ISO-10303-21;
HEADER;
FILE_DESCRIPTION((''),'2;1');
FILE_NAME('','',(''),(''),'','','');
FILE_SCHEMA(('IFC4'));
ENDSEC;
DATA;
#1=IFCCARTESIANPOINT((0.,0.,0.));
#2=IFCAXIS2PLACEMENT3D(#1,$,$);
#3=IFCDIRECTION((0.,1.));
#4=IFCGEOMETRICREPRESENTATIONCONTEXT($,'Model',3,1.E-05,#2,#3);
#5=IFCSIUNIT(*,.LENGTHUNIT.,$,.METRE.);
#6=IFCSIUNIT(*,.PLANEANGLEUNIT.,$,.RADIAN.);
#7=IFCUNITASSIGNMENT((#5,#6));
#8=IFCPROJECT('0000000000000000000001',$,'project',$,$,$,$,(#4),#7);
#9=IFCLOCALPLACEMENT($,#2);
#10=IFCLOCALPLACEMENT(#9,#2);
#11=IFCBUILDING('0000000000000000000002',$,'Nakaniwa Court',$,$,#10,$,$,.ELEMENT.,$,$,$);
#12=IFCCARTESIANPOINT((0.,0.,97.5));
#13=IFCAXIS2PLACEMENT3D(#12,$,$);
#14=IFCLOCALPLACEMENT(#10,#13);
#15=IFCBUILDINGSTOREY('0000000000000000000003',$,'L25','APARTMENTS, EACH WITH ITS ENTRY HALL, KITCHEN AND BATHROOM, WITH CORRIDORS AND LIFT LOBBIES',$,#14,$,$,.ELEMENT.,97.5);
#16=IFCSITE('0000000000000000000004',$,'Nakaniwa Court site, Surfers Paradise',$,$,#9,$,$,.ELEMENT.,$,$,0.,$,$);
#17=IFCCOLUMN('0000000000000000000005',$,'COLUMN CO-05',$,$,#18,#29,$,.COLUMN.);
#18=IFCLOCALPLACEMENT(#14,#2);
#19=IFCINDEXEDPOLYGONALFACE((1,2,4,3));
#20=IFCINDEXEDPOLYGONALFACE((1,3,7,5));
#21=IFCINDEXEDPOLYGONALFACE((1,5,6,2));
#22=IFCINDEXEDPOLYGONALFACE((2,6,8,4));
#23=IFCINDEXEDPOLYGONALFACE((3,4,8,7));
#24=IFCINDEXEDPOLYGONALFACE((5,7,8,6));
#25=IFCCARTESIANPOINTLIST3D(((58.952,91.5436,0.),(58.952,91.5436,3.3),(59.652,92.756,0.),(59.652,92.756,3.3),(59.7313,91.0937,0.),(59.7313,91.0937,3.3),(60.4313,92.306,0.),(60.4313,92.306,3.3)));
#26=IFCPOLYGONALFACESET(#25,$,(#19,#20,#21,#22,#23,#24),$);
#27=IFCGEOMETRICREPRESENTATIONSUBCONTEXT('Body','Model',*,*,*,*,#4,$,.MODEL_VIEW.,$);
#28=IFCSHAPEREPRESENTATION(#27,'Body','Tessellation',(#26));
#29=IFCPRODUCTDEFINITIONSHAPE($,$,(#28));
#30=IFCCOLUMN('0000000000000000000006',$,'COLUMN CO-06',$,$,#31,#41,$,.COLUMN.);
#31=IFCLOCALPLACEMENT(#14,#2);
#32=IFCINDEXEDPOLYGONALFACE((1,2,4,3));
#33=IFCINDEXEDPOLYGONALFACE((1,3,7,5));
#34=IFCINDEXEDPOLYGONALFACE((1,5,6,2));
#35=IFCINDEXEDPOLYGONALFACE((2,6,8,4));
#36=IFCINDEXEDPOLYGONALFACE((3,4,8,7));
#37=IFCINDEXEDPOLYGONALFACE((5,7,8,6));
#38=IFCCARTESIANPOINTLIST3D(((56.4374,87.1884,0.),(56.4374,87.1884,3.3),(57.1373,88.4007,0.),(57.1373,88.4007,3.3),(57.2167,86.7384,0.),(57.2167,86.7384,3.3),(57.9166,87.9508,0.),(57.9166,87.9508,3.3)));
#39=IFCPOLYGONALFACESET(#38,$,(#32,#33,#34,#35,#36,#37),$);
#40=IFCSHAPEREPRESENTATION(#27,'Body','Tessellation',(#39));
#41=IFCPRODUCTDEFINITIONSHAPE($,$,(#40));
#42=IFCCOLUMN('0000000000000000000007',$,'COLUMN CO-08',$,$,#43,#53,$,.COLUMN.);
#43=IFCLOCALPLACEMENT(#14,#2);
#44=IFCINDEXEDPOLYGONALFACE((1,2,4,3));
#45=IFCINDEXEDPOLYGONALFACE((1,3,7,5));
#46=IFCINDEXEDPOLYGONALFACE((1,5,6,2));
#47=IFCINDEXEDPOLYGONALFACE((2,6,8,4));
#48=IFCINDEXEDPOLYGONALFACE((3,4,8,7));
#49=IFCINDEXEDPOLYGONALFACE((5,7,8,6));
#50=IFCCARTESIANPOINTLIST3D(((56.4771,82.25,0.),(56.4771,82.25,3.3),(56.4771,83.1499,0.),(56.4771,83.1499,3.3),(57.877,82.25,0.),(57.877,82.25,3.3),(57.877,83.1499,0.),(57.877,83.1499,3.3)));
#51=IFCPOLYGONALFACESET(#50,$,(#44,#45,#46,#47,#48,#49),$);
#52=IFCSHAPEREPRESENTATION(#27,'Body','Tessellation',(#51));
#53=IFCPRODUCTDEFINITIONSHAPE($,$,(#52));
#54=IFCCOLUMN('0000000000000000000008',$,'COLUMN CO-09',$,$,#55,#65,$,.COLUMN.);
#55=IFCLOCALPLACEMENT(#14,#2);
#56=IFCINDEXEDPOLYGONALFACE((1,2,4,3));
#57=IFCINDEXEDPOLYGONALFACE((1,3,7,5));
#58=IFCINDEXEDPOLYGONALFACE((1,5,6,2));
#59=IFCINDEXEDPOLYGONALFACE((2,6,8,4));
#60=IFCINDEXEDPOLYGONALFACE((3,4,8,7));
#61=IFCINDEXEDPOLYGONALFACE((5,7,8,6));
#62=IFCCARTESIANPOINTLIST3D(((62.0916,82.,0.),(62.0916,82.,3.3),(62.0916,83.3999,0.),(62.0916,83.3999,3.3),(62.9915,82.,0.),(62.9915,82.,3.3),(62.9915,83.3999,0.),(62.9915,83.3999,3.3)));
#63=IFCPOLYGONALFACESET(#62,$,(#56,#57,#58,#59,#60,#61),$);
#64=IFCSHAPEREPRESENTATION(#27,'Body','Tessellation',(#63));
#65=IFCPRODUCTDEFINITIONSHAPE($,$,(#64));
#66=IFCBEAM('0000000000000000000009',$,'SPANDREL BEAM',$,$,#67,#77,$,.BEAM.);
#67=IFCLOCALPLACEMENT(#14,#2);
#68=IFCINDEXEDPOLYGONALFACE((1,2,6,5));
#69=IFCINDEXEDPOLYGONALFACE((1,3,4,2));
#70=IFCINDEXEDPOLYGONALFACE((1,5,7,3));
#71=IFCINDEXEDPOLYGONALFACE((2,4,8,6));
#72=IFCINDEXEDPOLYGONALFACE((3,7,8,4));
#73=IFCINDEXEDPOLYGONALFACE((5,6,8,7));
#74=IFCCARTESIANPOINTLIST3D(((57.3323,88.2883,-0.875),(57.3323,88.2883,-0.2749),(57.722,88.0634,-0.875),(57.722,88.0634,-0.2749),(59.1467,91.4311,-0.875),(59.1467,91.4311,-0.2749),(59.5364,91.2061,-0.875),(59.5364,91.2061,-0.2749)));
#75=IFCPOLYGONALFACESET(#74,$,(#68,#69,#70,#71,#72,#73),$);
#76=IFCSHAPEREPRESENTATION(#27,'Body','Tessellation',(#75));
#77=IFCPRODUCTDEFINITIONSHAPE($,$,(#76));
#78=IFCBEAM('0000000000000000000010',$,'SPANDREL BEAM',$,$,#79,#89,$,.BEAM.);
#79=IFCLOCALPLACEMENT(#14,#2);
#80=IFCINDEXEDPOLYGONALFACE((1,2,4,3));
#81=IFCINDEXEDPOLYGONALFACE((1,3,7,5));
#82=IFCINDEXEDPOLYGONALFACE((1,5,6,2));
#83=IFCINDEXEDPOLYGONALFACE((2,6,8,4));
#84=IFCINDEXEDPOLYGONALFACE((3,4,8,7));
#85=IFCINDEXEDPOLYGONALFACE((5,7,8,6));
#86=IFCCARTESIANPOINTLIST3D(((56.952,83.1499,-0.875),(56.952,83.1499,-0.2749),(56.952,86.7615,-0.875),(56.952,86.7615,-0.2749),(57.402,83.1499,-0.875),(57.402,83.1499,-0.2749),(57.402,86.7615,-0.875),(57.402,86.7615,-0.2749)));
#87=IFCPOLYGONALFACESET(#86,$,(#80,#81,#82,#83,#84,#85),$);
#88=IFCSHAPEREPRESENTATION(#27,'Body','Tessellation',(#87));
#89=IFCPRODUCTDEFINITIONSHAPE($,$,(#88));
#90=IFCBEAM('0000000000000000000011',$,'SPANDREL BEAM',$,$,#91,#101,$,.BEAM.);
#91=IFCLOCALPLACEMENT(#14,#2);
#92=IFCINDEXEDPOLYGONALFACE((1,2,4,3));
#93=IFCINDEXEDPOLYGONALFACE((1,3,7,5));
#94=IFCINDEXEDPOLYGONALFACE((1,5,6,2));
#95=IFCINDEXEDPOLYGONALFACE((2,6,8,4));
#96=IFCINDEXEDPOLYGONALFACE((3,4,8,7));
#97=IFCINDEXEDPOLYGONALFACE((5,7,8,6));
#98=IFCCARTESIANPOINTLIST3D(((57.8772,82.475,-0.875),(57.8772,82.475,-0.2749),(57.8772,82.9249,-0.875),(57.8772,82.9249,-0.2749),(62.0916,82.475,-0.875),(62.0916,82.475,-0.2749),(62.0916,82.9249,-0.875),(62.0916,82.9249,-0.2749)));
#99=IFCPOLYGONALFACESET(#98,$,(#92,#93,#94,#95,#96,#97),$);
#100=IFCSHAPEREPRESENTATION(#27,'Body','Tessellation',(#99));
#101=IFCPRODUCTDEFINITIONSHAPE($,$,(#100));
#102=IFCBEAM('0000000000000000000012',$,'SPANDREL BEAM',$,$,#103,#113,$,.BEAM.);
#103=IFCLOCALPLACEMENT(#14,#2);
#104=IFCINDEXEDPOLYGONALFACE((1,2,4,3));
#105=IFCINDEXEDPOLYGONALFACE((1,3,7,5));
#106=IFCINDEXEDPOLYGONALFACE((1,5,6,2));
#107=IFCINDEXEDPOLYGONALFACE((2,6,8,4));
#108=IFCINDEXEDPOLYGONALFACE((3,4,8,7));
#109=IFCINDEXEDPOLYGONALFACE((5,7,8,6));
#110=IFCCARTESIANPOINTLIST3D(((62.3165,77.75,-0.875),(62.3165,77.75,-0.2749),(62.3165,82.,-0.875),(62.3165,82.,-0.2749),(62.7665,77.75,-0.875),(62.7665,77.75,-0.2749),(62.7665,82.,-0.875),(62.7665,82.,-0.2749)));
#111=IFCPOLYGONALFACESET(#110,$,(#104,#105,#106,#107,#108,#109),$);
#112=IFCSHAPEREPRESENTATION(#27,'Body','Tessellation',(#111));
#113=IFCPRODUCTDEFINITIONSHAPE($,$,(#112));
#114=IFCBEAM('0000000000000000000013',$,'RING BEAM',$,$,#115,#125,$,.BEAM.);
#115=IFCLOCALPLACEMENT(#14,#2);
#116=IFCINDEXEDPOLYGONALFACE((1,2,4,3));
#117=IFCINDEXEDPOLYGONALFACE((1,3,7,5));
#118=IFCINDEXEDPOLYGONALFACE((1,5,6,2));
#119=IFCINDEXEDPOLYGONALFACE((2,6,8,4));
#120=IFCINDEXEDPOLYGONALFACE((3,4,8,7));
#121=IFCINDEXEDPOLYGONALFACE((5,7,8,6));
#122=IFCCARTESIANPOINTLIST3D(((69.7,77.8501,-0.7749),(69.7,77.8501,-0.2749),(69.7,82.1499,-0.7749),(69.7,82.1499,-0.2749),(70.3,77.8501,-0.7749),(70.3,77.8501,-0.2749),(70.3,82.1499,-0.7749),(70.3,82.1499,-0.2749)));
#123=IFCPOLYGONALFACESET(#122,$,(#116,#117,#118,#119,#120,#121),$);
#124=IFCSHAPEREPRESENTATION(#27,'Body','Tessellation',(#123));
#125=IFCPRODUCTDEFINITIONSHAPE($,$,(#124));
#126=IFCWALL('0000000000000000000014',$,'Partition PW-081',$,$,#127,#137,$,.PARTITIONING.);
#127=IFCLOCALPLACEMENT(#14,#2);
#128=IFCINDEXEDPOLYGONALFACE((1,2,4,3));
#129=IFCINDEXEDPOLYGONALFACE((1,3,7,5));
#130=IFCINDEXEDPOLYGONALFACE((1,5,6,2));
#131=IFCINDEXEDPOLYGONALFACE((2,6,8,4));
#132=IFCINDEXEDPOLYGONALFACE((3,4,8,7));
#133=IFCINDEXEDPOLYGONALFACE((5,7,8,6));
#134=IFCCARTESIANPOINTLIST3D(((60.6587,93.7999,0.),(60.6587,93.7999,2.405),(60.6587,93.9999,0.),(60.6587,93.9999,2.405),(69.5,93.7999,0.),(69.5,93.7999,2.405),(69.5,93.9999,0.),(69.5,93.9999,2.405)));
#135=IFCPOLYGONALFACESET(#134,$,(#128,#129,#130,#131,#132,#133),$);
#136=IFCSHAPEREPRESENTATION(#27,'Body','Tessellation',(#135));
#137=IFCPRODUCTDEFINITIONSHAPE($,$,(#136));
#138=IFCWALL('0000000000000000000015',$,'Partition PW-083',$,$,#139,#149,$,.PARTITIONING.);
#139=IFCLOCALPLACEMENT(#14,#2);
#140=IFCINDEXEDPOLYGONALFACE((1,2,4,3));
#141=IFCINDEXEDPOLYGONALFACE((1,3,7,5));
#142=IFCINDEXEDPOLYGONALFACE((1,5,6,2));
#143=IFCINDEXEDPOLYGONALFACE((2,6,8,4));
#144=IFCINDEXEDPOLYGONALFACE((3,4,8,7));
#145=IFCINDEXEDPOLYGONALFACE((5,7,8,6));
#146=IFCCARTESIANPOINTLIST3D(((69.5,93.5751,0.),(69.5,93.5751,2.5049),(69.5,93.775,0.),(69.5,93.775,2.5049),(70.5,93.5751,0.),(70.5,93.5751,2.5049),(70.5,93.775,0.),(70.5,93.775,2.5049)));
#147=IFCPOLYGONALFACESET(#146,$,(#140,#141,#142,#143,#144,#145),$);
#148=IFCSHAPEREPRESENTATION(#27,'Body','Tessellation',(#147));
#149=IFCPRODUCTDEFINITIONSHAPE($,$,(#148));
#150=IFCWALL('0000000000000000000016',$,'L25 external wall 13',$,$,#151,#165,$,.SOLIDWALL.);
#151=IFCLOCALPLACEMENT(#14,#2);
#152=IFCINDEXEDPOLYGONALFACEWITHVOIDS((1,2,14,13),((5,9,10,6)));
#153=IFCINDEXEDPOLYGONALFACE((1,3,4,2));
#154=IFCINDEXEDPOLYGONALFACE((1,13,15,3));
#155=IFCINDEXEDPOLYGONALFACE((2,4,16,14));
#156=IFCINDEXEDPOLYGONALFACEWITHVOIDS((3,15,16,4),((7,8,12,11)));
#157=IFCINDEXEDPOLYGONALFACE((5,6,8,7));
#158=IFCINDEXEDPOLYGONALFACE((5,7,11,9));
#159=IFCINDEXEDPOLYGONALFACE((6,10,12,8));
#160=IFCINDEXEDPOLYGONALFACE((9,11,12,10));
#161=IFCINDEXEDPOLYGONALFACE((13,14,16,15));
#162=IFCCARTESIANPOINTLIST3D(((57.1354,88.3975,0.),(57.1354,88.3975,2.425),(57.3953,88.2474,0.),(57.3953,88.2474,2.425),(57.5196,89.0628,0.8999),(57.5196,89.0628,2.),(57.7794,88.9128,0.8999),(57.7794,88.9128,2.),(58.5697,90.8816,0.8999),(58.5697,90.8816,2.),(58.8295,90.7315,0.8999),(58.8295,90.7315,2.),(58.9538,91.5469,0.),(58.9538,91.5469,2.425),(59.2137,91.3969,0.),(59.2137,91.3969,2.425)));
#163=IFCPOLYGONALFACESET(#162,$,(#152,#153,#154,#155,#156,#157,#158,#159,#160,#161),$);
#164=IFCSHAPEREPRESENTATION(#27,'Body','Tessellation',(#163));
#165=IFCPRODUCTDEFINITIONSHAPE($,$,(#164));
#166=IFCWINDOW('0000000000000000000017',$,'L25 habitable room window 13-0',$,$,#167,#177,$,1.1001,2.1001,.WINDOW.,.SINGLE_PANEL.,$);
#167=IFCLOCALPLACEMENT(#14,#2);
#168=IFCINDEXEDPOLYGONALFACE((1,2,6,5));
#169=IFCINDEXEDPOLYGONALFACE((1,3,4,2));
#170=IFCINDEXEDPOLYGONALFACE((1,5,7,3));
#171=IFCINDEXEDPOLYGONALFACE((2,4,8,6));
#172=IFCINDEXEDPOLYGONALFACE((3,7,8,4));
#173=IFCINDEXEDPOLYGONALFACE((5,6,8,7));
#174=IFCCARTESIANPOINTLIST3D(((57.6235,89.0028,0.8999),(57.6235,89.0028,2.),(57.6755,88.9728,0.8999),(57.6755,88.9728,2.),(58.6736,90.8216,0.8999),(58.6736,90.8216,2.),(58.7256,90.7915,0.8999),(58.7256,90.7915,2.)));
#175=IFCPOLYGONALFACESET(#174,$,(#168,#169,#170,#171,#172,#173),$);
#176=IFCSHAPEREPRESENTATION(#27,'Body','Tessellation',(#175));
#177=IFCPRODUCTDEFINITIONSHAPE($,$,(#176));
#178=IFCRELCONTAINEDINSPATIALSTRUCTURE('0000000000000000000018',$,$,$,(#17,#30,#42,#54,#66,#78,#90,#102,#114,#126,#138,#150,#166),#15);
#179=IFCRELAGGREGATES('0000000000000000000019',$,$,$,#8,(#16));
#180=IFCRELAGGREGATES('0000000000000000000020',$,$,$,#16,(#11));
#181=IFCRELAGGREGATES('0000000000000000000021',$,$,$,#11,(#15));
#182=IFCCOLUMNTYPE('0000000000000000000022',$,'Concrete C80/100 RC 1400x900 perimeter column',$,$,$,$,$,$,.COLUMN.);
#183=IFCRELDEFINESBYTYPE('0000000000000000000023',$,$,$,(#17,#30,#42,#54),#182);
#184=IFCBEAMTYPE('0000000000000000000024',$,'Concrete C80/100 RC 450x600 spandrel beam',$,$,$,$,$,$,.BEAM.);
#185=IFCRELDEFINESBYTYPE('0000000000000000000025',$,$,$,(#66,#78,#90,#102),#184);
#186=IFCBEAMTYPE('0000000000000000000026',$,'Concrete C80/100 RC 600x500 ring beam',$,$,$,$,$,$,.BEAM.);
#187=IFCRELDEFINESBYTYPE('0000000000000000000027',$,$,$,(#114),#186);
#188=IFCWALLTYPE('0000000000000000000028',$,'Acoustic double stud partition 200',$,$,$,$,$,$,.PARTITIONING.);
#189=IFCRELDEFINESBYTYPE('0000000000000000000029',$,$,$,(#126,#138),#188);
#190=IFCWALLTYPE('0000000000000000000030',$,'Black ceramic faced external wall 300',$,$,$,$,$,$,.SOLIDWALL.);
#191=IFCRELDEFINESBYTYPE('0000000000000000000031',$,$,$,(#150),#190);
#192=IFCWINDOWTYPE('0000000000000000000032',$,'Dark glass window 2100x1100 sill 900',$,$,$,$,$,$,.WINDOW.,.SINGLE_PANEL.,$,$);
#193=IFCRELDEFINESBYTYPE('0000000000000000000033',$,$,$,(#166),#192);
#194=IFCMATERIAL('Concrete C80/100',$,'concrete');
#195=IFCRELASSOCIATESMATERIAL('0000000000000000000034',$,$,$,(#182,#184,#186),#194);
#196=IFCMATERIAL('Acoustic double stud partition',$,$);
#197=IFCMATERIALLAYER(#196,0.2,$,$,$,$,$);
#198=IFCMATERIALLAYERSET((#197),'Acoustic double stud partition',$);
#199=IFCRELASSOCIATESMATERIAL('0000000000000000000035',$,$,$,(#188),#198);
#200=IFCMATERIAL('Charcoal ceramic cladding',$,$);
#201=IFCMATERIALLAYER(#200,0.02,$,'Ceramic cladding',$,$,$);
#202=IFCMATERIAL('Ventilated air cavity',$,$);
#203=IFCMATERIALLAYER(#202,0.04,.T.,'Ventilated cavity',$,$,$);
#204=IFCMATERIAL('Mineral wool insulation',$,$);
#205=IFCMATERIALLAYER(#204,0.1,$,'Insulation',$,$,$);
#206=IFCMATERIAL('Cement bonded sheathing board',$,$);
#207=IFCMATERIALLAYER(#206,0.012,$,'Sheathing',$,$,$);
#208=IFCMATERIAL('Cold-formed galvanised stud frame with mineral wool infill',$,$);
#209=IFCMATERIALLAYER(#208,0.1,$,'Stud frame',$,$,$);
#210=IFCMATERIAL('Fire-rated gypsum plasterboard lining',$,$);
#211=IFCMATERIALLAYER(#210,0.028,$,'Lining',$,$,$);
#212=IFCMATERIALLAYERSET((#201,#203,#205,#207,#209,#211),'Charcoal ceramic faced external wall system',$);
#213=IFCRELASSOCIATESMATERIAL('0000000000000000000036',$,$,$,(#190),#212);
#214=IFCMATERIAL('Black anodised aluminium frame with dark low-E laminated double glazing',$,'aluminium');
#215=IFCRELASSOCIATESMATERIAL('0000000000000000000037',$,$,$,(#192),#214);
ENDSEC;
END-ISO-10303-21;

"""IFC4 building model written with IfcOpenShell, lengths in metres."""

from ifc_helpers import new_model, si_unit, direction, frame, frame_2d, origin, origin_2d, place, context, subcontext, project, spatial, rectangle, extrude, material, layer, layer_set, material_profile, profile_set, type_object, element, fill, save


model = new_model("IFC4")

# Units and contexts
model_context = context("Model", 3, precision=1e-05, world=origin(), true_north=direction((0.0, 1.0)))
body_context = subcontext(model_context, "Body", "Model", "MODEL_VIEW")
ifc_project = project(units=[si_unit("LENGTHUNIT", "METRE"), si_unit("PLANEANGLEUNIT", "RADIAN")], contexts=[model_context])

# Site, building, storey
site_placement = place(None, origin())
site = spatial("IfcSite", under=ifc_project, at=site_placement, Name="Nakaniwa Court site, Surfers Paradise", CompositionType="ELEMENT", RefElevation=0.0)
building_placement = place(site_placement, origin())
building = spatial("IfcBuilding", under=site, at=building_placement, Name="Nakaniwa Court", CompositionType="ELEMENT")
storey_placement = place(building_placement, frame((0.0, 0.0, 97.5)))
storey = spatial("IfcBuildingStorey", under=building, at=storey_placement, Name="L25", Description="APARTMENTS, EACH WITH ITS ENTRY HALL, KITCHEN AND BATHROOM, WITH CORRIDORS AND LIFT LOBBIES", CompositionType="ELEMENT", Elevation=97.5)

# Columns
ifc_material_1 = material(Name="Concrete C80/100", Category="concrete")
ifc_material_profile_1 = material_profile(ifc_material_1, rectangle(XDim=1.3999, YDim=0.8999, at=origin_2d()), Name="Concrete C80/100 RC 1400x900 perimeter column")
ifc_profile_set_1 = profile_set([ifc_material_profile_1], Name="Concrete C80/100")
column_type = type_object("IfcColumnType", Name="Concrete C80/100 RC 1400x900 perimeter column", PredefinedType="COLUMN", material=ifc_profile_set_1)
for number, where, z_axis, x_axis, name in (
    (1, (59.6917, 91.9248, 0.0), (0.0, 0.0, 1.0), (-0.5, -0.866025, 0.0), "COLUMN CO-05"),
    (2, (57.177, 87.5696, 0.0), (0.0, 0.0, 1.0), (-0.5, -0.866025, 0.0), "COLUMN CO-06"),
    (3, (57.177, 82.7, 0.0), (0.0, 0.0, 1.0), (1.0, 0.0, 0.0), "COLUMN CO-08"),
    (4, (62.5415, 82.7, 0.0), (0.0, 0.0, 1.0), (0.0, -1.0, 0.0), "COLUMN CO-09"),
):
    element("IfcColumn", number, at=place(storey_placement, frame(where, z_axis=z_axis, x_axis=x_axis)), inside=storey, type_object=column_type, Name=name, PredefinedType="COLUMN", context=body_context, shape_type="SweptSolid", body=[
        extrude(rectangle(XDim=1.3999, YDim=0.8999, at=origin_2d()), origin(), (0.0, 0.0, 1.0), 3.3),
    ])

# Beams
ifc_material_profile_2 = material_profile(ifc_material_1, rectangle(XDim=0.45, YDim=0.6001, at=origin_2d()), Name="Concrete C80/100 RC 450x600 spandrel beam")
ifc_profile_set_2 = profile_set([ifc_material_profile_2], Name="Concrete C80/100")
beam_type_1 = type_object("IfcBeamType", Name="Concrete C80/100 RC 450x600 spandrel beam", PredefinedType="BEAM", material=ifc_profile_set_2)
beam_1_placement = place(storey_placement, frame((59.3416, 91.3186, -0.575), z_axis=(-0.499988, -0.866032, 0.0), x_axis=(0.866032, -0.499988, 0.0)))
element("IfcBeam", 5, at=beam_1_placement, inside=storey, type_object=beam_type_1, Name="SPANDREL BEAM", PredefinedType="BEAM", context=body_context, shape_type="SweptSolid", body=[
    extrude(rectangle(XDim=0.45, YDim=0.6001, at=origin_2d()), origin(), (0.0, 0.0, 1.0), 3.6289),
])
beam_2_placement = place(storey_placement, frame((57.177, 86.7615, -0.575), z_axis=(0.0, -1.0, 0.0), x_axis=(1.0, 0.0, 0.0)))
element("IfcBeam", 6, at=beam_2_placement, inside=storey, type_object=beam_type_1, Name="SPANDREL BEAM", PredefinedType="BEAM", context=body_context, shape_type="SweptSolid", body=[
    extrude(rectangle(XDim=0.45, YDim=0.6001, at=origin_2d()), origin(), (0.0, 0.0, 1.0), 3.6116),
])
beam_3_placement = place(storey_placement, frame((57.8772, 82.7, -0.575), z_axis=(1.0, 0.0, 0.0), x_axis=(0.0, 1.0, 0.0)))
element("IfcBeam", 7, at=beam_3_placement, inside=storey, type_object=beam_type_1, Name="SPANDREL BEAM", PredefinedType="BEAM", context=body_context, shape_type="SweptSolid", body=[
    extrude(rectangle(XDim=0.45, YDim=0.6001, at=origin_2d()), origin(), (0.0, 0.0, 1.0), 4.2144),
])
beam_4_placement = place(storey_placement, frame((62.5415, 82.0, -0.575), z_axis=(0.0, -1.0, 0.0), x_axis=(1.0, 0.0, 0.0)))
element("IfcBeam", 8, at=beam_4_placement, inside=storey, type_object=beam_type_1, Name="SPANDREL BEAM", PredefinedType="BEAM", context=body_context, shape_type="SweptSolid", body=[
    extrude(rectangle(XDim=0.45, YDim=0.6001, at=origin_2d()), origin(), (0.0, 0.0, 1.0), 4.25),
])
ifc_material_profile_3 = material_profile(ifc_material_1, rectangle(XDim=0.6001, YDim=0.5, at=origin_2d()), Name="Concrete C80/100 RC 600x500 ring beam")
ifc_profile_set_3 = profile_set([ifc_material_profile_3], Name="Concrete C80/100")
beam_type_2 = type_object("IfcBeamType", Name="Concrete C80/100 RC 600x500 ring beam", PredefinedType="BEAM", material=ifc_profile_set_3)
beam_5_placement = place(storey_placement, frame((70.0, 82.1499, -0.5249), z_axis=(0.0, -1.0, 0.0), x_axis=(1.0, 0.0, 0.0)))
element("IfcBeam", 9, at=beam_5_placement, inside=storey, type_object=beam_type_2, Name="RING BEAM", PredefinedType="BEAM", context=body_context, shape_type="SweptSolid", body=[
    extrude(rectangle(XDim=0.6001, YDim=0.5, at=origin_2d()), origin(), (0.0, 0.0, 1.0), 4.2998),
])

# Walls
ifc_material_2 = material(Name="Acoustic double stud partition")
ifc_layer_1 = layer(ifc_material_2, 0.2)
ifc_layer_set_1 = layer_set([ifc_layer_1], Name="Acoustic double stud partition")
wall_type_1 = type_object("IfcWallType", Name="Acoustic double stud partition 200", PredefinedType="PARTITIONING", material=ifc_layer_set_1)
wall_1_placement = place(storey_placement, frame((60.6587, 93.8999, 0.0), z_axis=(0.0, 0.0, 1.0), x_axis=(1.0, 0.0, 0.0)))
element("IfcWall", 10, at=wall_1_placement, inside=storey, type_object=wall_type_1, Name="Partition PW-081", PredefinedType="PARTITIONING", context=body_context, shape_type="SweptSolid", body=[
    extrude(rectangle(XDim=8.8413, YDim=0.2, at=frame_2d((4.4207, 0.0))), origin(), (0.0, 0.0, 1.0), 2.405),
])
wall_2_placement = place(storey_placement, frame((69.5, 93.675, 0.0), z_axis=(0.0, 0.0, 1.0), x_axis=(1.0, 0.0, 0.0)))
element("IfcWall", 11, at=wall_2_placement, inside=storey, type_object=wall_type_1, Name="Partition PW-083", PredefinedType="PARTITIONING", context=body_context, shape_type="SweptSolid", body=[
    extrude(rectangle(XDim=1.0, YDim=0.2, at=frame_2d((0.5, 0.0))), origin(), (0.0, 0.0, 1.0), 2.5049),
])

# Wall, opening, window
ifc_material_3 = material(Name="Charcoal ceramic cladding")
ifc_layer_2 = layer(ifc_material_3, 0.02, Name="Ceramic cladding")
ifc_material_4 = material(Name="Ventilated air cavity")
ifc_layer_3 = layer(ifc_material_4, 0.04, ventilated=True, Name="Ventilated cavity")
ifc_material_5 = material(Name="Mineral wool insulation")
ifc_layer_4 = layer(ifc_material_5, 0.1, Name="Insulation")
ifc_material_6 = material(Name="Cement bonded sheathing board")
ifc_layer_5 = layer(ifc_material_6, 0.012, Name="Sheathing")
ifc_material_7 = material(Name="Cold-formed galvanised stud frame with mineral wool infill")
ifc_layer_6 = layer(ifc_material_7, 0.1, Name="Stud frame")
ifc_material_8 = material(Name="Fire-rated gypsum plasterboard lining")
ifc_layer_7 = layer(ifc_material_8, 0.028, Name="Lining")
ifc_layer_set_2 = layer_set([ifc_layer_2, ifc_layer_3, ifc_layer_4, ifc_layer_5, ifc_layer_6, ifc_layer_7], Name="Charcoal ceramic faced external wall system")
wall_type_2 = type_object("IfcWallType", Name="Black ceramic faced external wall 300", PredefinedType="SOLIDWALL", material=ifc_layer_set_2)
wall_3_placement = place(storey_placement, frame((59.0837, 91.4719, 0.0), z_axis=(0.0, 0.0, 1.0), x_axis=(-0.500009, -0.86602, 0.0)))
wall_3 = element("IfcWall", 12, at=wall_3_placement, inside=storey, type_object=wall_type_2, Name="L25 external wall 13", PredefinedType="SOLIDWALL", context=body_context, shape_type="SweptSolid", body=[
    extrude(rectangle(XDim=3.6367, YDim=0.3, at=frame_2d((1.8184, 0.0))), origin(), (0.0, 0.0, 1.0), 2.425),
])
opening_1_placement = place(wall_3_placement, frame((0.7683, 0.0, 0.8999)))
opening_1 = element("IfcOpeningElement", 13, at=opening_1_placement, cuts=wall_3, PredefinedType="OPENING", context=body_context, shape_type="SweptSolid", body=[
    extrude(rectangle(XDim=2.1001, YDim=1.1001, at=frame_2d((1.05, 0.55))), frame((0.0, 0.1599, 0.0), z_axis=(0.0, -1.0, 0.0), x_axis=(1.0, 0.0, 0.0)), (0.0, 0.0, 1.0), 0.3201),
])
ifc_material_9 = material(Name="Black anodised aluminium frame with dark low-E laminated double glazing", Category="aluminium")
window_type_1 = type_object("IfcWindowType", Name="Dark glass window 2100x1100 sill 900", PartitioningType="SINGLE_PANEL", PredefinedType="WINDOW", material=ifc_material_9)
window_1_placement = place(opening_1_placement, origin())
window_1 = element("IfcWindow", 14, at=window_1_placement, inside=storey, type_object=window_type_1, Name="L25 habitable room window 13-0", OverallHeight=1.1001, OverallWidth=2.1001, PartitioningType="SINGLE_PANEL", PredefinedType="WINDOW", context=body_context, shape_type="SweptSolid", body=[
    extrude(rectangle(XDim=2.1001, YDim=1.1001, at=frame_2d((1.05, 0.55))), frame((0.0, 0.03, 0.0), z_axis=(0.0, -1.0, 0.0), x_axis=(1.0, 0.0, 0.0)), (0.0, 0.0, 1.0), 0.0601),
])
fill(opening_1, window_1)

save(model, "model.ifc")
